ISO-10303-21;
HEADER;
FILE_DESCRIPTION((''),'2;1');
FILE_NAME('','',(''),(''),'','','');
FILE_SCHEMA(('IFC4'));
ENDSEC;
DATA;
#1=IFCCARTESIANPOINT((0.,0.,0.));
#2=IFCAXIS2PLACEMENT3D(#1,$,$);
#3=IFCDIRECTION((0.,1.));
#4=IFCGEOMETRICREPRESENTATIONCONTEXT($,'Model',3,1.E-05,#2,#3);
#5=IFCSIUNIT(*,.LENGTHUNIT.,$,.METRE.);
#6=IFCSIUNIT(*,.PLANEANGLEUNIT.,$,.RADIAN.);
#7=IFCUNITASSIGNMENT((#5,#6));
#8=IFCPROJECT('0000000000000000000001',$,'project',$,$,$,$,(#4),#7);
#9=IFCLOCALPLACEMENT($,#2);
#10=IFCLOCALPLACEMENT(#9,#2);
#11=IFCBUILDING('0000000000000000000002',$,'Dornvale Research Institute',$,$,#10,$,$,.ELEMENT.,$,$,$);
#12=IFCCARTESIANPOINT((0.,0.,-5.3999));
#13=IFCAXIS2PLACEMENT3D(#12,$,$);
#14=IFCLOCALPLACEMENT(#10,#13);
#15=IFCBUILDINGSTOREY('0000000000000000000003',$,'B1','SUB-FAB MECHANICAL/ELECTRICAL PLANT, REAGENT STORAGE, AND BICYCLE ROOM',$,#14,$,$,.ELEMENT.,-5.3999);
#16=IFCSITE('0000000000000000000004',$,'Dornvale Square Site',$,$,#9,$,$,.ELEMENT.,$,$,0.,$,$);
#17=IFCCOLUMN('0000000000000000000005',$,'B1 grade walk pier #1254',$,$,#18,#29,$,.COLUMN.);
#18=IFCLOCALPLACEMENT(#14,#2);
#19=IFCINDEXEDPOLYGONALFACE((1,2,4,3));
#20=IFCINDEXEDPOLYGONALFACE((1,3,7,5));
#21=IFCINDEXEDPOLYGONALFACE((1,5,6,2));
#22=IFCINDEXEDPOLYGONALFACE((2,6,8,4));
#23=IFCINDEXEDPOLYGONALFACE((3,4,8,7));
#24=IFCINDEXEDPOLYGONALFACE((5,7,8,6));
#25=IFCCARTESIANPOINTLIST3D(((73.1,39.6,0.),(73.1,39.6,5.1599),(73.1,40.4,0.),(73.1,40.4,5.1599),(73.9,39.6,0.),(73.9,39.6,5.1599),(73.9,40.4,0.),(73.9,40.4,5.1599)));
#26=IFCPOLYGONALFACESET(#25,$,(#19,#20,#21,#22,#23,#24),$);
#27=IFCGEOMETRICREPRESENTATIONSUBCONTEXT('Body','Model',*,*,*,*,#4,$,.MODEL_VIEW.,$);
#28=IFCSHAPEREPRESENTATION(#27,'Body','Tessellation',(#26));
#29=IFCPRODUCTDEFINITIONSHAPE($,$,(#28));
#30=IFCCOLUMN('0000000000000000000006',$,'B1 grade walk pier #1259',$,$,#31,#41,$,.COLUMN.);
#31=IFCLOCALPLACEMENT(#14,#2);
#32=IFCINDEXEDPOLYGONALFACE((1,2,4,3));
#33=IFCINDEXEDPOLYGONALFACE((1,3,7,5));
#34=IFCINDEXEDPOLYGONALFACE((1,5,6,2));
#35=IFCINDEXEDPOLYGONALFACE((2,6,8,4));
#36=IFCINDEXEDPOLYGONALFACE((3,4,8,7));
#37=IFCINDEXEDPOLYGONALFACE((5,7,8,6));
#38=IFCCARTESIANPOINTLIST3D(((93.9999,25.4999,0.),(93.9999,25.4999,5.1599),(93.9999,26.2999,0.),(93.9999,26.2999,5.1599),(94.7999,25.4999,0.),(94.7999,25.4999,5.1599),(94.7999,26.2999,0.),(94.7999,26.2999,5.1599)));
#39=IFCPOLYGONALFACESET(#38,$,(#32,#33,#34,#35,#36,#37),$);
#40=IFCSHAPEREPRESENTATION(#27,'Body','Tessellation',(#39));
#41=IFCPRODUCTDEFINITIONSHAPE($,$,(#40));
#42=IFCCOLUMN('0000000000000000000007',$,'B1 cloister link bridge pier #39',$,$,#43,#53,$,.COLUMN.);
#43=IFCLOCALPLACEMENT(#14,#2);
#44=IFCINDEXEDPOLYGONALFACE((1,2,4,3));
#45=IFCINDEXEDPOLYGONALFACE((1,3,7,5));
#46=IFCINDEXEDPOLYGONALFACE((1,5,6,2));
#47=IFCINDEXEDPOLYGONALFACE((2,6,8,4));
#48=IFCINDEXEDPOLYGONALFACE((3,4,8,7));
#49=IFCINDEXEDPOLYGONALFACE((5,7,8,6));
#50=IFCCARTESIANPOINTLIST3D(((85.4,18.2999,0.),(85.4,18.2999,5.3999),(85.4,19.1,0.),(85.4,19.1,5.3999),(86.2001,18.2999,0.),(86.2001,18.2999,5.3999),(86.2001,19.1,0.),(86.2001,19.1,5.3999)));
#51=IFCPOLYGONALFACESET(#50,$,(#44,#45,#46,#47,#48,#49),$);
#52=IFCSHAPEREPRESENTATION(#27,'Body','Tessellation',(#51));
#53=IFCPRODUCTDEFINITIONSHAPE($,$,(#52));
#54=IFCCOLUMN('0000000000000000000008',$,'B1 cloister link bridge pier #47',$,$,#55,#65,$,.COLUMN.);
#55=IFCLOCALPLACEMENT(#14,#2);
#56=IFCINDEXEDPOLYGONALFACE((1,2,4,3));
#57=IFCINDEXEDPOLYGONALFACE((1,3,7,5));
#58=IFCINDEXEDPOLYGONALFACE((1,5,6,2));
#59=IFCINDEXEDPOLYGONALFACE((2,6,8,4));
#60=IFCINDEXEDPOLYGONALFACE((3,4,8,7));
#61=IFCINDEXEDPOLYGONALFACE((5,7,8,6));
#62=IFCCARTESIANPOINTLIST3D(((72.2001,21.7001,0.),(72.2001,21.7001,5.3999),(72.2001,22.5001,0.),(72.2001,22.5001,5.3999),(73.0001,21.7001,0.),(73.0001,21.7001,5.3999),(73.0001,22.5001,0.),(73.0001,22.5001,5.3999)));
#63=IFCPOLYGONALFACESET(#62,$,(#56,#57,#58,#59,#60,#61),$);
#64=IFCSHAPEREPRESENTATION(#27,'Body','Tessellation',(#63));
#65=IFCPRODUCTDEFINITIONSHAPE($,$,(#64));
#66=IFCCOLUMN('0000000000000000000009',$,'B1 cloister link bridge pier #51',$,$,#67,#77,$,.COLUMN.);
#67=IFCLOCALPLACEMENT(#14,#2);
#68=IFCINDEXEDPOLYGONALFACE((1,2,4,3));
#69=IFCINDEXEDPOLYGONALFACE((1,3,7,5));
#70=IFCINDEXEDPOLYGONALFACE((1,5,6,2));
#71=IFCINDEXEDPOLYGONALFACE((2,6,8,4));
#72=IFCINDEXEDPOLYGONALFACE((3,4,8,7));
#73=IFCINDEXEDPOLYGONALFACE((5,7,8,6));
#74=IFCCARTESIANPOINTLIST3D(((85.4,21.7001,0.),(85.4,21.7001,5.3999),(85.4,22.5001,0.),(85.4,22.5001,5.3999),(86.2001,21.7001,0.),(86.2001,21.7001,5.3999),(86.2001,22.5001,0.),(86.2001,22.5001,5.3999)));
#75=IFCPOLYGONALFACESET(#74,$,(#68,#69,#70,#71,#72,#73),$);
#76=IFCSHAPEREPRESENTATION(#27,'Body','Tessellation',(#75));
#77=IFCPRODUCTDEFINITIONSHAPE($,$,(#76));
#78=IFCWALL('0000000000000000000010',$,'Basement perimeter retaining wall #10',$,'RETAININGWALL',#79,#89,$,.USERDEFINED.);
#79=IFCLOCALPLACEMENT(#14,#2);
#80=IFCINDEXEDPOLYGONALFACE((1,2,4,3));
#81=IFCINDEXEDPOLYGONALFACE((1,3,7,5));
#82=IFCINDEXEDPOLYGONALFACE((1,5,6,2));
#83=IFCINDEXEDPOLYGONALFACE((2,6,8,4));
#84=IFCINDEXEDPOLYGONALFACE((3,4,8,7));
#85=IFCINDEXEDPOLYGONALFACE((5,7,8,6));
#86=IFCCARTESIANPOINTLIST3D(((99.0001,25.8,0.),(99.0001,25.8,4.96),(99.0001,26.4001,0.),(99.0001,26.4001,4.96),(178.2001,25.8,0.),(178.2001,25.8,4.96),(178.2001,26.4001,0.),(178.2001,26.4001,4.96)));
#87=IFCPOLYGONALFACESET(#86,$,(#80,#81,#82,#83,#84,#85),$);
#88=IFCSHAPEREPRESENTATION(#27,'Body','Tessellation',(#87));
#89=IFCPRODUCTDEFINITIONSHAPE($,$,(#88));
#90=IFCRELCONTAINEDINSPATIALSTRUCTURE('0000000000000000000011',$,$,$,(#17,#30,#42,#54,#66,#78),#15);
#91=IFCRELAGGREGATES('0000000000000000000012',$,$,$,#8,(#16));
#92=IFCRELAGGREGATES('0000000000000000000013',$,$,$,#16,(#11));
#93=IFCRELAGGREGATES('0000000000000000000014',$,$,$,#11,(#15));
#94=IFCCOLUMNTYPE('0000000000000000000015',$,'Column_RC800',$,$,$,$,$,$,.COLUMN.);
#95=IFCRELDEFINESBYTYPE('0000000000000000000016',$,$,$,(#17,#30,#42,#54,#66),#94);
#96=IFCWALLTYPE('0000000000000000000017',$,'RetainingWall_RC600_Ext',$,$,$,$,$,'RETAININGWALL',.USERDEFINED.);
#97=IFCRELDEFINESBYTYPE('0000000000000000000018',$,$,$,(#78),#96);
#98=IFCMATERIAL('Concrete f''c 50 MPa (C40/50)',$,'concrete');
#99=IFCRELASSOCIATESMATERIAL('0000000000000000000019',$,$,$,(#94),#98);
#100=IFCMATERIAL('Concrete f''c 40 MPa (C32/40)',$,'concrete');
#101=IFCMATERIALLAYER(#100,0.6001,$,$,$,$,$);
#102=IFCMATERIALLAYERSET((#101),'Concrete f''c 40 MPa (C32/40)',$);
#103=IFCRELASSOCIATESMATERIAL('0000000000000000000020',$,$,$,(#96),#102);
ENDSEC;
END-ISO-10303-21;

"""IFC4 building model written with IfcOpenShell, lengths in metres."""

from ifc_helpers import new_model, si_unit, direction, frame, frame_2d, origin, origin_2d, place, context, subcontext, project, spatial, rectangle, extrude, material, layer, layer_set, material_profile, profile_set, type_object, element, save


model = new_model("IFC4")

# Units and contexts
model_context = context("Model", 3, precision=1e-05, world=origin(), true_north=direction((0.0, 1.0)))
body_context = subcontext(model_context, "Body", "Model", "MODEL_VIEW")
ifc_project = project(units=[si_unit("LENGTHUNIT", "METRE"), si_unit("PLANEANGLEUNIT", "RADIAN")], contexts=[model_context])

# Site, building, storey
site_placement = place(None, origin())
site = spatial("IfcSite", under=ifc_project, at=site_placement, Name="Dornvale Square Site", CompositionType="ELEMENT", RefElevation=0.0)
building_placement = place(site_placement, origin())
building = spatial("IfcBuilding", under=site, at=building_placement, Name="Dornvale Research Institute", CompositionType="ELEMENT")
storey_placement = place(building_placement, frame((0.0, 0.0, -5.3999)))
storey = spatial("IfcBuildingStorey", under=building, at=storey_placement, Name="B1", Description="SUB-FAB MECHANICAL/ELECTRICAL PLANT, REAGENT STORAGE, AND BICYCLE ROOM", CompositionType="ELEMENT", Elevation=-5.3999)

# Columns
ifc_material_1 = material(Name="Concrete f'c 50 MPa (C40/50)", Category="concrete")
ifc_material_profile_1 = material_profile(ifc_material_1, rectangle(XDim=0.8, YDim=0.8, at=origin_2d()), Name="RC 800x800")
ifc_profile_set_1 = profile_set([ifc_material_profile_1], Name="Concrete f'c 50 MPa (C40/50)")
column_type = type_object("IfcColumnType", Name="Column_RC800", PredefinedType="COLUMN", material=ifc_profile_set_1)
for number, where, z_axis, x_axis, name in (
    (1, (73.5, 40.0, 0.0), (0.0, 0.0, 1.0), (1.0, 0.0, 0.0), "B1 grade walk pier #1254"),
    (2, (94.3999, 25.8999, 0.0), (0.0, 0.0, 1.0), (1.0, 0.0, 0.0), "B1 grade walk pier #1259"),
):
    element("IfcColumn", number, at=place(storey_placement, frame(where, z_axis=z_axis, x_axis=x_axis)), inside=storey, type_object=column_type, Name=name, PredefinedType="COLUMN", context=body_context, shape_type="SweptSolid", body=[
        extrude(rectangle(XDim=0.8, YDim=0.8, at=origin_2d()), origin(), (0.0, 0.0, 1.0), 5.1599),
    ])
for number, where, z_axis, x_axis, name in (
    (3, (85.8, 18.7, 0.0), (0.0, 0.0, 1.0), (1.0, 0.0, 0.0), "B1 cloister link bridge pier #39"),
    (4, (72.6001, 22.1001, 0.0), (0.0, 0.0, 1.0), (1.0, 0.0, 0.0), "B1 cloister link bridge pier #47"),
    (5, (85.8, 22.1001, 0.0), (0.0, 0.0, 1.0), (1.0, 0.0, 0.0), "B1 cloister link bridge pier #51"),
):
    element("IfcColumn", number, at=place(storey_placement, frame(where, z_axis=z_axis, x_axis=x_axis)), inside=storey, type_object=column_type, Name=name, PredefinedType="COLUMN", context=body_context, shape_type="SweptSolid", body=[
        extrude(rectangle(XDim=0.8, YDim=0.8, at=origin_2d()), origin(), (0.0, 0.0, 1.0), 5.3999),
    ])

# Wall
ifc_material_2 = material(Name="Concrete f'c 40 MPa (C32/40)", Category="concrete")
ifc_layer = layer(ifc_material_2, 0.6001)
ifc_layer_set = layer_set([ifc_layer], Name="Concrete f'c 40 MPa (C32/40)")
wall_type = type_object("IfcWallType", Name="RetainingWall_RC600_Ext", ElementType="RETAININGWALL", PredefinedType="USERDEFINED", material=ifc_layer_set)
wall_placement = place(storey_placement, frame((99.0, 26.1001, 0.0), z_axis=(0.0, 0.0, 1.0), x_axis=(1.0, 0.0, 0.0)))
element("IfcWall", 6, at=wall_placement, inside=storey, type_object=wall_type, Name="Basement perimeter retaining wall #10", ObjectType="RETAININGWALL", PredefinedType="USERDEFINED", context=body_context, shape_type="SweptSolid", body=[
    extrude(rectangle(XDim=79.2, YDim=0.6001, at=frame_2d((39.6001, 0.0))), origin(), (0.0, 0.0, 1.0), 4.96),
])

save(model, "model.ifc")
